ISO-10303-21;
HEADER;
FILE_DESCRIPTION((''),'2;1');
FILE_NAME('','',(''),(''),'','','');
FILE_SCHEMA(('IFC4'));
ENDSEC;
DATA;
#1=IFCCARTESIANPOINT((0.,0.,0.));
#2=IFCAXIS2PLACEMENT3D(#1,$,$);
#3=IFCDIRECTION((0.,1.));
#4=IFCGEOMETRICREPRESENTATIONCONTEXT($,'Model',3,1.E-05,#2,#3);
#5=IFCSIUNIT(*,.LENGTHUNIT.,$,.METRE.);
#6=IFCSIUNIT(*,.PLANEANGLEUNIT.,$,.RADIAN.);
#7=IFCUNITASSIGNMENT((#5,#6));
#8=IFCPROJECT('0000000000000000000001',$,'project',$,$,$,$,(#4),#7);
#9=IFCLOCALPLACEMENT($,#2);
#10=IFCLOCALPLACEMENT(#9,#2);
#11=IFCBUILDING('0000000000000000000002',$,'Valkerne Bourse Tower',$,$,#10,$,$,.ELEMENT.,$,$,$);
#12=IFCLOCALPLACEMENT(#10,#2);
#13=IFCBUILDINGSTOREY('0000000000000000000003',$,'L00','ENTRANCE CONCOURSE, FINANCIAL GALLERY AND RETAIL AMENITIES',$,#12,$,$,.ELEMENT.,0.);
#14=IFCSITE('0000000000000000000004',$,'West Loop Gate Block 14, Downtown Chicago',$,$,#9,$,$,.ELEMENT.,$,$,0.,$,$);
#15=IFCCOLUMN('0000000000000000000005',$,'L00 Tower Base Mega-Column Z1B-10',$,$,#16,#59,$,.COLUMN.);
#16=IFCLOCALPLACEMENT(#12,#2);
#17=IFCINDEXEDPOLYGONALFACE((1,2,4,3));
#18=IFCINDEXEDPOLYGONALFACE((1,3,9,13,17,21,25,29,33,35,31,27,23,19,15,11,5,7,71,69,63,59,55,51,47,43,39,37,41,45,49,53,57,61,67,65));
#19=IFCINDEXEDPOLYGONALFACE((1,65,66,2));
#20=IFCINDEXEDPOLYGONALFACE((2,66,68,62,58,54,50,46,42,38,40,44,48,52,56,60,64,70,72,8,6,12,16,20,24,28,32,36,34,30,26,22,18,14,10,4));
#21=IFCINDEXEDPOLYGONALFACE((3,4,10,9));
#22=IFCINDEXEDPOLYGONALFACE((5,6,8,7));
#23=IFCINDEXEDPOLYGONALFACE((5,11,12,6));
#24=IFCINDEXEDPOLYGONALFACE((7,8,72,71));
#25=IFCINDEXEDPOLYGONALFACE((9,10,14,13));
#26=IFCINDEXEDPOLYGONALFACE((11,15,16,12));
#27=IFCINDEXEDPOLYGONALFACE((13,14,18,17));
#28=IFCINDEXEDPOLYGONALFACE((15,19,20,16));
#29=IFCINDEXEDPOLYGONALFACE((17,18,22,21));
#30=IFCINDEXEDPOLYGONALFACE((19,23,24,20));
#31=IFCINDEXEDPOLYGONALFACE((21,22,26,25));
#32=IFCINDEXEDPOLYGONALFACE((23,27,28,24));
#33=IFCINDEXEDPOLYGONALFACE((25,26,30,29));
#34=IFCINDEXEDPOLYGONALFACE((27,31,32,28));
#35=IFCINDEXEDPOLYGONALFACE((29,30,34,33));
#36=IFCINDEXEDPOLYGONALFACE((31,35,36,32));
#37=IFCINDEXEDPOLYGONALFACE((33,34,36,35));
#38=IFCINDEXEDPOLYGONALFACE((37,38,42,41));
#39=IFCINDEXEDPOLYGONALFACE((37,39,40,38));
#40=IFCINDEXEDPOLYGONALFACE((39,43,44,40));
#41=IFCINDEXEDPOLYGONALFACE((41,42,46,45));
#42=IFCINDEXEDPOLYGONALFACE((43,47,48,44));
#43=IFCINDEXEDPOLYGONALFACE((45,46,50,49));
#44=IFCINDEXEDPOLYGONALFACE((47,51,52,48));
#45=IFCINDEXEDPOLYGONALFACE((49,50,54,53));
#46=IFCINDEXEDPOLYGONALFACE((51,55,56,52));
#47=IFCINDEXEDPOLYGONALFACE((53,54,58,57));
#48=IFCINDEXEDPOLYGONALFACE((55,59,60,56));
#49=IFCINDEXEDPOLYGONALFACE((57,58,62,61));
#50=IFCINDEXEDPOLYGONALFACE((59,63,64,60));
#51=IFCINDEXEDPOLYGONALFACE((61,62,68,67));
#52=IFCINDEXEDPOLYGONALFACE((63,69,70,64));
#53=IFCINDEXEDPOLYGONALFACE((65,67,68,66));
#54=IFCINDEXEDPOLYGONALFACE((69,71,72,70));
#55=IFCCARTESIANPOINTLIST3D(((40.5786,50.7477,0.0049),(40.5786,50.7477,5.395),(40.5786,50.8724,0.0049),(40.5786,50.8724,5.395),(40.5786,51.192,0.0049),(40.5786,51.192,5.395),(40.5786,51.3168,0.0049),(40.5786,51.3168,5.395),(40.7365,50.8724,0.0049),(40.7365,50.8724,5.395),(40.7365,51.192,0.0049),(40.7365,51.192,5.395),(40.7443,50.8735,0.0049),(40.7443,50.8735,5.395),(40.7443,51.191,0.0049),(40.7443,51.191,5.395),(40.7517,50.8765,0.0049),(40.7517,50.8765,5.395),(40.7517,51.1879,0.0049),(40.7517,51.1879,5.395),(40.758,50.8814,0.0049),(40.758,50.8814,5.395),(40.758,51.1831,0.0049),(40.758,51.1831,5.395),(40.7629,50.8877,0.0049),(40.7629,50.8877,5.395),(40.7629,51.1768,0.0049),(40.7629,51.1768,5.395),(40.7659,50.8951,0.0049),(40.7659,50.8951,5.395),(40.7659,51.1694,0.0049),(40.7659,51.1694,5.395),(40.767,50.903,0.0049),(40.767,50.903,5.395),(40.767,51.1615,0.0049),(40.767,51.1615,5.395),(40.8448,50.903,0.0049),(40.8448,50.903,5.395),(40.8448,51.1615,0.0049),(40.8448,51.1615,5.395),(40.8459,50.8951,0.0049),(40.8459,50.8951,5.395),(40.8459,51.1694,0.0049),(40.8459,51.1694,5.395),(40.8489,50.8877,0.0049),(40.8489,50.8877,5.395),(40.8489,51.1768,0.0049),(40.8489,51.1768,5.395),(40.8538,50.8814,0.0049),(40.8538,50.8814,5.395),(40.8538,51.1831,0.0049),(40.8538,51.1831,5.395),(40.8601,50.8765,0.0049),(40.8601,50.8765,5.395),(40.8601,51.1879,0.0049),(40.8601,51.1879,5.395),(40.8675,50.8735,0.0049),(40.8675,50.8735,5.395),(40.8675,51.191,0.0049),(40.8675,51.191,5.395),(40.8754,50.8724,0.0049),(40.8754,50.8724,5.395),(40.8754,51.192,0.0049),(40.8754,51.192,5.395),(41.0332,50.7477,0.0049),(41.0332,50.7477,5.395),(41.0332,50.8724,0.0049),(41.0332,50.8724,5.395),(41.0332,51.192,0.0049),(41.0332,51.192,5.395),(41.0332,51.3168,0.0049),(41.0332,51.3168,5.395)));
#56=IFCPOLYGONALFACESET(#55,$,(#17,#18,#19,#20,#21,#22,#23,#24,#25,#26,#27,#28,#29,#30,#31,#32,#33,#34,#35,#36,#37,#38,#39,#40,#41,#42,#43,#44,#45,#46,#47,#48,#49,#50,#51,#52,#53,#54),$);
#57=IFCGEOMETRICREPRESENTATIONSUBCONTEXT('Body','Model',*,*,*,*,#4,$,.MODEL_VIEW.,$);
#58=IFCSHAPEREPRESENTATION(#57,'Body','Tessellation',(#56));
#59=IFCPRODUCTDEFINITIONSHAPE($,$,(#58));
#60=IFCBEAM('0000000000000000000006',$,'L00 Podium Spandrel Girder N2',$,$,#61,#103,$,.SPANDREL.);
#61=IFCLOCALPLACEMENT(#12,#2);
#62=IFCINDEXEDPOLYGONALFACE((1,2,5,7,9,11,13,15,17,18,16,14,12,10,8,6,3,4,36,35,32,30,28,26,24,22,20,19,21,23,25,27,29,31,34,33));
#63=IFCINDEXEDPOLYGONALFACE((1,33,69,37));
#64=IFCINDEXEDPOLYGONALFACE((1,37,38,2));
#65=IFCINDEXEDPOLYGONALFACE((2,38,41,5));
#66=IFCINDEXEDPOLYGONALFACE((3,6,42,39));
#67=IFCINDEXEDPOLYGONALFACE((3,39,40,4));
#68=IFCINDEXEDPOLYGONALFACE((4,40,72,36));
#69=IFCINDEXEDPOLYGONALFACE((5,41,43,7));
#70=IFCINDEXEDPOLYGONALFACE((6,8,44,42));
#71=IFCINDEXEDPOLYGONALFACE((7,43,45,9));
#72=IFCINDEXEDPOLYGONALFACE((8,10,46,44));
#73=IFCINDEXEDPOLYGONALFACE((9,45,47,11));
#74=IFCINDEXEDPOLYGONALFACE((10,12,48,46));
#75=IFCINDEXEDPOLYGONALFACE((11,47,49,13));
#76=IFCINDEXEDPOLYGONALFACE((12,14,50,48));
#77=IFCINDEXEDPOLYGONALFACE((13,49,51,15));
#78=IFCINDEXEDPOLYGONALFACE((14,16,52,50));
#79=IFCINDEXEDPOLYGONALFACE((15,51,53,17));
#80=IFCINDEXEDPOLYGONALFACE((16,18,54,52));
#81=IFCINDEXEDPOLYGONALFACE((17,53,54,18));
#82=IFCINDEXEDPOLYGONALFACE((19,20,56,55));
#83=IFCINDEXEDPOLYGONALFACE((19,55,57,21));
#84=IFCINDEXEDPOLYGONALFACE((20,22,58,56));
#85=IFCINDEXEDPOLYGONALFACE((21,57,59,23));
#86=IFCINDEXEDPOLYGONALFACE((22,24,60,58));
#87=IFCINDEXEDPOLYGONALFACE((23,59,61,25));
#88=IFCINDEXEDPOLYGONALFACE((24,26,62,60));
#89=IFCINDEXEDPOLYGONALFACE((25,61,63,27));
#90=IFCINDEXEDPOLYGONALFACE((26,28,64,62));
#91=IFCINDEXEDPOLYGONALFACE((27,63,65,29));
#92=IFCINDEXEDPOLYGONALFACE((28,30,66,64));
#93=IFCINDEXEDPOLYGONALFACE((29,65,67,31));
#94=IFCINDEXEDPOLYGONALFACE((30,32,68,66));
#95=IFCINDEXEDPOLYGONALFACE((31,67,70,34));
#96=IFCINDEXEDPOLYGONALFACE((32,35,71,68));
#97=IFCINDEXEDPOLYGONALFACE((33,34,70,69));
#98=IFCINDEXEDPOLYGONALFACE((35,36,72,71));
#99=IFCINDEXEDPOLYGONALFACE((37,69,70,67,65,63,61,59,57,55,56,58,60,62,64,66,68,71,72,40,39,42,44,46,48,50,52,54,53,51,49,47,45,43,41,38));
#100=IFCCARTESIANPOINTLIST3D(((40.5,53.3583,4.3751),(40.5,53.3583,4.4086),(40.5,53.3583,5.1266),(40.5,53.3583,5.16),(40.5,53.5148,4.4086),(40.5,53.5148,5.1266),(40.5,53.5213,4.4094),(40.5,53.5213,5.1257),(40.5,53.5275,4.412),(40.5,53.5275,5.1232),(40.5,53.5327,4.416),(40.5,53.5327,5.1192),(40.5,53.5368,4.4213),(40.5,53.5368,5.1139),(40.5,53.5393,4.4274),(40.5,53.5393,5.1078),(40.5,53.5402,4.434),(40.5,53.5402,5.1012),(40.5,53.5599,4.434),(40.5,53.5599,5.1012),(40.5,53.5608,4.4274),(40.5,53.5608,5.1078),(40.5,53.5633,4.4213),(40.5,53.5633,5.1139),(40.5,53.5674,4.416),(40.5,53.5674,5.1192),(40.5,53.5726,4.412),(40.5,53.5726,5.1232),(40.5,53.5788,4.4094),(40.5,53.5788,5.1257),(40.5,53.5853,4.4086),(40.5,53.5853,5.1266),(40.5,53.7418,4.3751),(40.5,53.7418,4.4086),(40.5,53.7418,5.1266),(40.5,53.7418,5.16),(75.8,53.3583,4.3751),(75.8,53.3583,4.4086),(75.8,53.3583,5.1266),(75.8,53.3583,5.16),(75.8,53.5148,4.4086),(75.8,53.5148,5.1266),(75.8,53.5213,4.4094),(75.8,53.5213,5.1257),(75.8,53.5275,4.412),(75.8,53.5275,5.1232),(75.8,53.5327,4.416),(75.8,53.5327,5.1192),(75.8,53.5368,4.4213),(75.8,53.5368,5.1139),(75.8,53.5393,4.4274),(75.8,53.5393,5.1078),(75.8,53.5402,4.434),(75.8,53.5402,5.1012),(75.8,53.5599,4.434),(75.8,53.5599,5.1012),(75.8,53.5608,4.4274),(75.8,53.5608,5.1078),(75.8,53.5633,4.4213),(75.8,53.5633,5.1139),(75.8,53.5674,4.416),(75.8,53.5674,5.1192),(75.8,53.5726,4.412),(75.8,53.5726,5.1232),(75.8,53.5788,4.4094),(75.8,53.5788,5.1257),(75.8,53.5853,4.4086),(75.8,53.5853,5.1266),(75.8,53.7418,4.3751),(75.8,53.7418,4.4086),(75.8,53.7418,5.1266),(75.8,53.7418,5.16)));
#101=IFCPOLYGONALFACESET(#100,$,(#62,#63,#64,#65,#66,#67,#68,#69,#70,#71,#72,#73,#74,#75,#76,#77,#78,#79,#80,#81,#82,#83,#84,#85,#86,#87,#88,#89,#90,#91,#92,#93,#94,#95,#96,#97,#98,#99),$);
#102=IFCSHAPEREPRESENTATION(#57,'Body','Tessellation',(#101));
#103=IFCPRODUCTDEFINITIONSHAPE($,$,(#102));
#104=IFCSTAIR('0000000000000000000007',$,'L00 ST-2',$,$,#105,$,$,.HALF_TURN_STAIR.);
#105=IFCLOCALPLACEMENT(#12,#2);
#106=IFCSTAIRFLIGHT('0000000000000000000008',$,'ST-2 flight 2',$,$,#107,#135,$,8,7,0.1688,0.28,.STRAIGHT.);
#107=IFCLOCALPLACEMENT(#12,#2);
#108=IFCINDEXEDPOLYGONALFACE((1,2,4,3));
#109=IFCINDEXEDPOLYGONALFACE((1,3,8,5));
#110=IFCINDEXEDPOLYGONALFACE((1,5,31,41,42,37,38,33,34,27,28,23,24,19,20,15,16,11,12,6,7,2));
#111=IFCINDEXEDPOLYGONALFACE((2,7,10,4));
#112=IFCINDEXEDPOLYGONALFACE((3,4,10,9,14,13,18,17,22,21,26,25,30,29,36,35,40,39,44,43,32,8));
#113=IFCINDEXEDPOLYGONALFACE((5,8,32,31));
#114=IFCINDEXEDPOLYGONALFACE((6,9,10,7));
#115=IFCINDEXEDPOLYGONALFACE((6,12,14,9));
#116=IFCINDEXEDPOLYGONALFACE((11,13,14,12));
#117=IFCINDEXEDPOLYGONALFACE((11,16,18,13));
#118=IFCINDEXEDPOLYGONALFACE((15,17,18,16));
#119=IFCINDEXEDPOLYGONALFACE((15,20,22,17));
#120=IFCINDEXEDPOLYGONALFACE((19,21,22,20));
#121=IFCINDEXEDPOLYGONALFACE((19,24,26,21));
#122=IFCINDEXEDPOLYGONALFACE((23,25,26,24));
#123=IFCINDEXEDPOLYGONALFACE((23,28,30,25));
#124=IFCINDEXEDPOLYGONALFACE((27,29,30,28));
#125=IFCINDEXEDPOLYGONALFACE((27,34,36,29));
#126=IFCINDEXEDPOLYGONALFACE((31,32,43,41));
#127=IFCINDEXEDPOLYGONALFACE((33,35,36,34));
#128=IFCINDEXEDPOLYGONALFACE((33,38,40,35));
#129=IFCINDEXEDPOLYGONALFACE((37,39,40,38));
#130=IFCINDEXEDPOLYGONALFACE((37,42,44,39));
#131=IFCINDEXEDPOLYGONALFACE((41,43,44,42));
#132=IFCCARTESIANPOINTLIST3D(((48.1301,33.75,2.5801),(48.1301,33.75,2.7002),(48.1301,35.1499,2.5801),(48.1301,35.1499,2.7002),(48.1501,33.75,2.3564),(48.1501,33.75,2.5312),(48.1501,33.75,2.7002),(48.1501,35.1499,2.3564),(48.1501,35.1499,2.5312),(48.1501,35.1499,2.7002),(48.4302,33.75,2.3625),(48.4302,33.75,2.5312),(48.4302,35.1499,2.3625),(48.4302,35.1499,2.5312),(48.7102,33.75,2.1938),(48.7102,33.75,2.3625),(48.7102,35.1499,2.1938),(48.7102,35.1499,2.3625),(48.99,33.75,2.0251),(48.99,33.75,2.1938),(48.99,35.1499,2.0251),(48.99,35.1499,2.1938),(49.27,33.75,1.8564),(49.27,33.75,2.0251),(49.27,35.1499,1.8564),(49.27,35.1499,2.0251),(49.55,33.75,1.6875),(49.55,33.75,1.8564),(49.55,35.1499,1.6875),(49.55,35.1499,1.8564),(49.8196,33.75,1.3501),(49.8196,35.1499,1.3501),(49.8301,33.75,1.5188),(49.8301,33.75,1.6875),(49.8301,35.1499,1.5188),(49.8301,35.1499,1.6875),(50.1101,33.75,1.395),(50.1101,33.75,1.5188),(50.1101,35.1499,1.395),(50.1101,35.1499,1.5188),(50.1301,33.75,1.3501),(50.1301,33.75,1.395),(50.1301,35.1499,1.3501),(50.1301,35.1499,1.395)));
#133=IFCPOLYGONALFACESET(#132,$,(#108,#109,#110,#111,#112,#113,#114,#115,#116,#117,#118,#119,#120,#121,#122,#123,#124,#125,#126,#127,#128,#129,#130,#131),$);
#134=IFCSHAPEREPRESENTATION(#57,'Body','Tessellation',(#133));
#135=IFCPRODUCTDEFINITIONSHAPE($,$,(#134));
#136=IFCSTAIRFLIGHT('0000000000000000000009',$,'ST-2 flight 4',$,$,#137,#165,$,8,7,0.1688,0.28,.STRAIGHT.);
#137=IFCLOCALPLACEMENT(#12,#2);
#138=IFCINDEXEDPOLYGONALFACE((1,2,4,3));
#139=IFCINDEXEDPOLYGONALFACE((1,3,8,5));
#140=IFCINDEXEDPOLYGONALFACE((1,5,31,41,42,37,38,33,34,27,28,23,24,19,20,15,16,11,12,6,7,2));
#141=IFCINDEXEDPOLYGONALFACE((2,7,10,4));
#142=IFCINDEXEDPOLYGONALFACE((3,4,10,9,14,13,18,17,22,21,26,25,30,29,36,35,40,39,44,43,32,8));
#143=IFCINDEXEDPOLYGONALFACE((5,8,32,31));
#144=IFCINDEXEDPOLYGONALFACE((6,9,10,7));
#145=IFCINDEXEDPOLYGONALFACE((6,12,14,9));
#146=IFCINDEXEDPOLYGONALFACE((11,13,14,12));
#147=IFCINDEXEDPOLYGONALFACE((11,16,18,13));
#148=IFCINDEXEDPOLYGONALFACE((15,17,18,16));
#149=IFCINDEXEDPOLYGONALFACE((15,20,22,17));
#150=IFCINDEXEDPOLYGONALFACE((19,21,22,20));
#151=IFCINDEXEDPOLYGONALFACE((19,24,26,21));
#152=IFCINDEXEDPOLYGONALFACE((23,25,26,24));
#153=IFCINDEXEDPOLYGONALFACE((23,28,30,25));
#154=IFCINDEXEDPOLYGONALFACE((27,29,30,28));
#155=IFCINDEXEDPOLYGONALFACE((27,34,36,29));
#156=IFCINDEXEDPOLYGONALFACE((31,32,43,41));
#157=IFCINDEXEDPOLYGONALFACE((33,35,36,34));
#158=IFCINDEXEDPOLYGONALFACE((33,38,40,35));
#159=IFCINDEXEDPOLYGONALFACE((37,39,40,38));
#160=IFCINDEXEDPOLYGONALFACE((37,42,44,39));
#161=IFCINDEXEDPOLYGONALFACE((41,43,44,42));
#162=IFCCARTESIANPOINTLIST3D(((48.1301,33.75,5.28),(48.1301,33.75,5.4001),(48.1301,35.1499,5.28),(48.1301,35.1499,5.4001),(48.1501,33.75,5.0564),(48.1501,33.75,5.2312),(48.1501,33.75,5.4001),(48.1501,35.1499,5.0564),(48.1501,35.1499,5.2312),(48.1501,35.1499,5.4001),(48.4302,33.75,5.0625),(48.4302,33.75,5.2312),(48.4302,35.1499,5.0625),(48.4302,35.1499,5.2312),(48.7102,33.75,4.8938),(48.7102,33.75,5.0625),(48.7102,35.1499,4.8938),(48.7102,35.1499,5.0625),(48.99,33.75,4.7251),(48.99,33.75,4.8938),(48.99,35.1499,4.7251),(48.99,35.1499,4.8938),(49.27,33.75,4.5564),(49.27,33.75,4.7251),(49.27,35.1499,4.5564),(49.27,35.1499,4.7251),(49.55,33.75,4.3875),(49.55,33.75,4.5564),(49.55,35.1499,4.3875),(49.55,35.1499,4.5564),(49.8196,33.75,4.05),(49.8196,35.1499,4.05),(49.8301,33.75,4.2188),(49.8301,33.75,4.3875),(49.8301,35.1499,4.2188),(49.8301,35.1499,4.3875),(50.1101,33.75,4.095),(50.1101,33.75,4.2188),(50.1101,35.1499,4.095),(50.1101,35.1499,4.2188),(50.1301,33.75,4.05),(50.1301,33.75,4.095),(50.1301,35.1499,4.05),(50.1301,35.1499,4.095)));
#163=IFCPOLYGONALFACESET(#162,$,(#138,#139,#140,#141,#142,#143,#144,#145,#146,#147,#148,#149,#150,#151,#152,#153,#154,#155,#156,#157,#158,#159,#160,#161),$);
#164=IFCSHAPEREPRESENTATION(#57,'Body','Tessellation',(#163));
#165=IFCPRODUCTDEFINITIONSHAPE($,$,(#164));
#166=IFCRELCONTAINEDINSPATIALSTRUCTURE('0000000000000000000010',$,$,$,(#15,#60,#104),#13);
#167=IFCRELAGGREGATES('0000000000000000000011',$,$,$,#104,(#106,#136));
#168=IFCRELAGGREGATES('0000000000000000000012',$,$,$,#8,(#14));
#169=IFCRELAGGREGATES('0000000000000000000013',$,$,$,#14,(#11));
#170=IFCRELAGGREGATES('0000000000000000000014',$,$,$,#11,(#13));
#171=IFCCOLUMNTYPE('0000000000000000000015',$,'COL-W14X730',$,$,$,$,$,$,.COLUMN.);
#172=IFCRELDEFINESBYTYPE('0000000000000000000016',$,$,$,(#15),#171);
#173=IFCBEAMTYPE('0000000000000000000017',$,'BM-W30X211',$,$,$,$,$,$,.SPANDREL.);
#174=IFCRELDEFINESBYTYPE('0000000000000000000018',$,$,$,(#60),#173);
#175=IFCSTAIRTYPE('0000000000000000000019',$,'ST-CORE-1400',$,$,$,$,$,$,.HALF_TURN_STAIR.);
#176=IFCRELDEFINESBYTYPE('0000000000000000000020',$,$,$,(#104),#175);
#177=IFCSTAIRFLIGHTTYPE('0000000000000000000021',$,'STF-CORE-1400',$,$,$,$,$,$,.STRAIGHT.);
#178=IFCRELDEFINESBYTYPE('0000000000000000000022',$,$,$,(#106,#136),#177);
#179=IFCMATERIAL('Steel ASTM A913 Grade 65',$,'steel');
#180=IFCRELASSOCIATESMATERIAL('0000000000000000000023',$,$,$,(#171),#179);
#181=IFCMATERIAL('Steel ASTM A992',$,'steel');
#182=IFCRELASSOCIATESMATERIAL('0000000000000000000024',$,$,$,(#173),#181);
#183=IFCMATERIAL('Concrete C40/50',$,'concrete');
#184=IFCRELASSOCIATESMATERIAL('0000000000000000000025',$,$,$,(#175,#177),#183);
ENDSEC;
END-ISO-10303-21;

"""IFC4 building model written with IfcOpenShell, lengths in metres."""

from ifc_helpers import new_model, si_unit, direction, frame, origin, origin_2d, place, context, subcontext, project, spatial, polyline, i_section, outline, extrude, material, material_profile, profile_set, type_object, element, aggregate, save


model = new_model("IFC4")

# Units and contexts
model_context = context("Model", 3, precision=1e-05, world=origin(), true_north=direction((0.0, 1.0)))
body_context = subcontext(model_context, "Body", "Model", "MODEL_VIEW")
ifc_project = project(units=[si_unit("LENGTHUNIT", "METRE"), si_unit("PLANEANGLEUNIT", "RADIAN")], contexts=[model_context])

# Site, building, storey
site_placement = place(None, origin())
site = spatial("IfcSite", under=ifc_project, at=site_placement, Name="West Loop Gate Block 14, Downtown Chicago", CompositionType="ELEMENT", RefElevation=0.0)
building_placement = place(site_placement, origin())
building = spatial("IfcBuilding", under=site, at=building_placement, Name="Valkerne Bourse Tower", CompositionType="ELEMENT")
storey_placement = place(building_placement, origin())
storey = spatial("IfcBuildingStorey", under=building, at=storey_placement, Name="L00", Description="ENTRANCE CONCOURSE, FINANCIAL GALLERY AND RETAIL AMENITIES", CompositionType="ELEMENT", Elevation=0.0)

# Column
ifc_material_1 = material(Name="Steel ASTM A913 Grade 65", Category="steel")
ifc_material_profile_1 = material_profile(ifc_material_1, i_section(OverallWidth=0.4546, OverallDepth=0.5691, WebThickness=0.0779, FlangeThickness=0.1248, FilletRadius=0.0305, at=origin_2d()), Name="W14X730")
ifc_profile_set_1 = profile_set([ifc_material_profile_1], Name="Steel ASTM A913 Grade 65")
column_type_1 = type_object("IfcColumnType", Name="COL-W14X730", PredefinedType="COLUMN", material=ifc_profile_set_1)
for number, where, z_axis, x_axis, name in (
    (1, (40.8059, 51.0322, 0.0049), (0.0, 0.0, 1.0), (-1.0, 0.0, 0.0), "L00 Tower Base Mega-Column Z1B-10"),
):
    element("IfcColumn", number, at=place(storey_placement, frame(where, z_axis=z_axis, x_axis=x_axis)), inside=storey, type_object=column_type_1, Name=name, PredefinedType="COLUMN", context=body_context, shape_type="SweptSolid", body=[
        extrude(i_section(OverallWidth=0.4546, OverallDepth=0.5691, WebThickness=0.0779, FlangeThickness=0.1248, FilletRadius=0.0305, at=origin_2d()), origin(), (0.0, 0.0, 1.0), 5.3901),
    ])

# Beam
ifc_material_2 = material(Name="Steel ASTM A992", Category="steel")
ifc_material_profile_2 = material_profile(ifc_material_2, i_section(OverallWidth=0.3835, OverallDepth=0.7849, WebThickness=0.0198, FlangeThickness=0.0334, FilletRadius=0.0254, at=origin_2d()), Name="W30X211")
ifc_profile_set_2 = profile_set([ifc_material_profile_2], Name="Steel ASTM A992")
beam_type = type_object("IfcBeamType", Name="BM-W30X211", PredefinedType="SPANDREL", material=ifc_profile_set_2)
beam_placement = place(storey_placement, frame((40.5, 53.55, 4.7676), z_axis=(1.0, 0.0, 0.0), x_axis=(0.0, 1.0, 0.0)))
element("IfcBeam", 2, at=beam_placement, inside=storey, type_object=beam_type, Name="L00 Podium Spandrel Girder N2", PredefinedType="SPANDREL", context=body_context, shape_type="SweptSolid", body=[
    extrude(i_section(OverallWidth=0.3835, OverallDepth=0.7849, WebThickness=0.0198, FlangeThickness=0.0334, FilletRadius=0.0254, at=origin_2d()), origin(), (0.0, 0.0, 1.0), 35.3),
])

# Stair, stair flights
ifc_material_3 = material(Name="Concrete C40/50", Category="concrete")
stair_type = type_object("IfcStairType", Name="ST-CORE-1400", PredefinedType="HALF_TURN_STAIR", material=ifc_material_3)
stair_placement = place(storey_placement, origin())
stair = element("IfcStair", 3, at=stair_placement, inside=storey, type_object=stair_type, Name="L00 ST-2", PredefinedType="HALF_TURN_STAIR")
stair_flight_type = type_object("IfcStairFlightType", Name="STF-CORE-1400", PredefinedType="STRAIGHT", material=ifc_material_3)
stair_flight_1_placement = place(storey_placement, frame((50.1101, 34.45, 1.3501), z_axis=(0.0, 0.0, 1.0), x_axis=(-1.0, 0.0, 0.0)))
stair_flight_1 = element("IfcStairFlight", 4, at=stair_flight_1_placement, type_object=stair_flight_type, Name="ST-2 flight 2", NumberOfRisers=8, NumberOfTreads=7, PredefinedType="STRAIGHT", RiserHeight=0.1688, TreadLength=0.28, context=body_context, shape_type="SweptSolid", body=[
    extrude(outline(polyline([(-0.02, 0.0), (-0.02, 0.0449), (0.0, 0.0449), (0.0, 0.1687), (0.28, 0.1687), (0.28, 0.3374), (0.5601, 0.3374), (0.5601, 0.5063), (0.8401, 0.5063), (0.8401, 0.675), (1.1201, 0.675), (1.1201, 0.8438), (1.3999, 0.8438), (1.3999, 1.0125), (1.6799, 1.0125), (1.6799, 1.1812), (1.96, 1.1812), (1.96, 1.3501), (1.98, 1.3501), (1.98, 1.23), (1.96, 1.0063), (0.2905, 0.0), (-0.02, 0.0)])), frame((0.0, 0.7, 0.0), z_axis=(0.0, -1.0, 0.0), x_axis=(1.0, 0.0, 0.0)), (0.0, 0.0, 1.0), 1.3999),
])
stair_flight_2_placement = place(storey_placement, frame((50.1101, 34.45, 4.05), z_axis=(0.0, 0.0, 1.0), x_axis=(-1.0, 0.0, 0.0)))
stair_flight_2 = element("IfcStairFlight", 5, at=stair_flight_2_placement, type_object=stair_flight_type, Name="ST-2 flight 4", NumberOfRisers=8, NumberOfTreads=7, PredefinedType="STRAIGHT", RiserHeight=0.1688, TreadLength=0.28, context=body_context, shape_type="SweptSolid", body=[
    extrude(outline(polyline([(-0.02, 0.0), (-0.02, 0.0449), (0.0, 0.0449), (0.0, 0.1687), (0.28, 0.1687), (0.28, 0.3374), (0.5601, 0.3374), (0.5601, 0.5063), (0.8401, 0.5063), (0.8401, 0.675), (1.1201, 0.675), (1.1201, 0.8438), (1.3999, 0.8438), (1.3999, 1.0125), (1.6799, 1.0125), (1.6799, 1.1812), (1.96, 1.1812), (1.96, 1.3501), (1.98, 1.3501), (1.98, 1.23), (1.96, 1.0063), (0.2905, 0.0), (-0.02, 0.0)])), frame((0.0, 0.7, 0.0), z_axis=(0.0, -1.0, 0.0), x_axis=(1.0, 0.0, 0.0)), (0.0, 0.0, 1.0), 1.3999),
])
aggregate(stair, [stair_flight_1, stair_flight_2])

save(model, "model.ifc")
